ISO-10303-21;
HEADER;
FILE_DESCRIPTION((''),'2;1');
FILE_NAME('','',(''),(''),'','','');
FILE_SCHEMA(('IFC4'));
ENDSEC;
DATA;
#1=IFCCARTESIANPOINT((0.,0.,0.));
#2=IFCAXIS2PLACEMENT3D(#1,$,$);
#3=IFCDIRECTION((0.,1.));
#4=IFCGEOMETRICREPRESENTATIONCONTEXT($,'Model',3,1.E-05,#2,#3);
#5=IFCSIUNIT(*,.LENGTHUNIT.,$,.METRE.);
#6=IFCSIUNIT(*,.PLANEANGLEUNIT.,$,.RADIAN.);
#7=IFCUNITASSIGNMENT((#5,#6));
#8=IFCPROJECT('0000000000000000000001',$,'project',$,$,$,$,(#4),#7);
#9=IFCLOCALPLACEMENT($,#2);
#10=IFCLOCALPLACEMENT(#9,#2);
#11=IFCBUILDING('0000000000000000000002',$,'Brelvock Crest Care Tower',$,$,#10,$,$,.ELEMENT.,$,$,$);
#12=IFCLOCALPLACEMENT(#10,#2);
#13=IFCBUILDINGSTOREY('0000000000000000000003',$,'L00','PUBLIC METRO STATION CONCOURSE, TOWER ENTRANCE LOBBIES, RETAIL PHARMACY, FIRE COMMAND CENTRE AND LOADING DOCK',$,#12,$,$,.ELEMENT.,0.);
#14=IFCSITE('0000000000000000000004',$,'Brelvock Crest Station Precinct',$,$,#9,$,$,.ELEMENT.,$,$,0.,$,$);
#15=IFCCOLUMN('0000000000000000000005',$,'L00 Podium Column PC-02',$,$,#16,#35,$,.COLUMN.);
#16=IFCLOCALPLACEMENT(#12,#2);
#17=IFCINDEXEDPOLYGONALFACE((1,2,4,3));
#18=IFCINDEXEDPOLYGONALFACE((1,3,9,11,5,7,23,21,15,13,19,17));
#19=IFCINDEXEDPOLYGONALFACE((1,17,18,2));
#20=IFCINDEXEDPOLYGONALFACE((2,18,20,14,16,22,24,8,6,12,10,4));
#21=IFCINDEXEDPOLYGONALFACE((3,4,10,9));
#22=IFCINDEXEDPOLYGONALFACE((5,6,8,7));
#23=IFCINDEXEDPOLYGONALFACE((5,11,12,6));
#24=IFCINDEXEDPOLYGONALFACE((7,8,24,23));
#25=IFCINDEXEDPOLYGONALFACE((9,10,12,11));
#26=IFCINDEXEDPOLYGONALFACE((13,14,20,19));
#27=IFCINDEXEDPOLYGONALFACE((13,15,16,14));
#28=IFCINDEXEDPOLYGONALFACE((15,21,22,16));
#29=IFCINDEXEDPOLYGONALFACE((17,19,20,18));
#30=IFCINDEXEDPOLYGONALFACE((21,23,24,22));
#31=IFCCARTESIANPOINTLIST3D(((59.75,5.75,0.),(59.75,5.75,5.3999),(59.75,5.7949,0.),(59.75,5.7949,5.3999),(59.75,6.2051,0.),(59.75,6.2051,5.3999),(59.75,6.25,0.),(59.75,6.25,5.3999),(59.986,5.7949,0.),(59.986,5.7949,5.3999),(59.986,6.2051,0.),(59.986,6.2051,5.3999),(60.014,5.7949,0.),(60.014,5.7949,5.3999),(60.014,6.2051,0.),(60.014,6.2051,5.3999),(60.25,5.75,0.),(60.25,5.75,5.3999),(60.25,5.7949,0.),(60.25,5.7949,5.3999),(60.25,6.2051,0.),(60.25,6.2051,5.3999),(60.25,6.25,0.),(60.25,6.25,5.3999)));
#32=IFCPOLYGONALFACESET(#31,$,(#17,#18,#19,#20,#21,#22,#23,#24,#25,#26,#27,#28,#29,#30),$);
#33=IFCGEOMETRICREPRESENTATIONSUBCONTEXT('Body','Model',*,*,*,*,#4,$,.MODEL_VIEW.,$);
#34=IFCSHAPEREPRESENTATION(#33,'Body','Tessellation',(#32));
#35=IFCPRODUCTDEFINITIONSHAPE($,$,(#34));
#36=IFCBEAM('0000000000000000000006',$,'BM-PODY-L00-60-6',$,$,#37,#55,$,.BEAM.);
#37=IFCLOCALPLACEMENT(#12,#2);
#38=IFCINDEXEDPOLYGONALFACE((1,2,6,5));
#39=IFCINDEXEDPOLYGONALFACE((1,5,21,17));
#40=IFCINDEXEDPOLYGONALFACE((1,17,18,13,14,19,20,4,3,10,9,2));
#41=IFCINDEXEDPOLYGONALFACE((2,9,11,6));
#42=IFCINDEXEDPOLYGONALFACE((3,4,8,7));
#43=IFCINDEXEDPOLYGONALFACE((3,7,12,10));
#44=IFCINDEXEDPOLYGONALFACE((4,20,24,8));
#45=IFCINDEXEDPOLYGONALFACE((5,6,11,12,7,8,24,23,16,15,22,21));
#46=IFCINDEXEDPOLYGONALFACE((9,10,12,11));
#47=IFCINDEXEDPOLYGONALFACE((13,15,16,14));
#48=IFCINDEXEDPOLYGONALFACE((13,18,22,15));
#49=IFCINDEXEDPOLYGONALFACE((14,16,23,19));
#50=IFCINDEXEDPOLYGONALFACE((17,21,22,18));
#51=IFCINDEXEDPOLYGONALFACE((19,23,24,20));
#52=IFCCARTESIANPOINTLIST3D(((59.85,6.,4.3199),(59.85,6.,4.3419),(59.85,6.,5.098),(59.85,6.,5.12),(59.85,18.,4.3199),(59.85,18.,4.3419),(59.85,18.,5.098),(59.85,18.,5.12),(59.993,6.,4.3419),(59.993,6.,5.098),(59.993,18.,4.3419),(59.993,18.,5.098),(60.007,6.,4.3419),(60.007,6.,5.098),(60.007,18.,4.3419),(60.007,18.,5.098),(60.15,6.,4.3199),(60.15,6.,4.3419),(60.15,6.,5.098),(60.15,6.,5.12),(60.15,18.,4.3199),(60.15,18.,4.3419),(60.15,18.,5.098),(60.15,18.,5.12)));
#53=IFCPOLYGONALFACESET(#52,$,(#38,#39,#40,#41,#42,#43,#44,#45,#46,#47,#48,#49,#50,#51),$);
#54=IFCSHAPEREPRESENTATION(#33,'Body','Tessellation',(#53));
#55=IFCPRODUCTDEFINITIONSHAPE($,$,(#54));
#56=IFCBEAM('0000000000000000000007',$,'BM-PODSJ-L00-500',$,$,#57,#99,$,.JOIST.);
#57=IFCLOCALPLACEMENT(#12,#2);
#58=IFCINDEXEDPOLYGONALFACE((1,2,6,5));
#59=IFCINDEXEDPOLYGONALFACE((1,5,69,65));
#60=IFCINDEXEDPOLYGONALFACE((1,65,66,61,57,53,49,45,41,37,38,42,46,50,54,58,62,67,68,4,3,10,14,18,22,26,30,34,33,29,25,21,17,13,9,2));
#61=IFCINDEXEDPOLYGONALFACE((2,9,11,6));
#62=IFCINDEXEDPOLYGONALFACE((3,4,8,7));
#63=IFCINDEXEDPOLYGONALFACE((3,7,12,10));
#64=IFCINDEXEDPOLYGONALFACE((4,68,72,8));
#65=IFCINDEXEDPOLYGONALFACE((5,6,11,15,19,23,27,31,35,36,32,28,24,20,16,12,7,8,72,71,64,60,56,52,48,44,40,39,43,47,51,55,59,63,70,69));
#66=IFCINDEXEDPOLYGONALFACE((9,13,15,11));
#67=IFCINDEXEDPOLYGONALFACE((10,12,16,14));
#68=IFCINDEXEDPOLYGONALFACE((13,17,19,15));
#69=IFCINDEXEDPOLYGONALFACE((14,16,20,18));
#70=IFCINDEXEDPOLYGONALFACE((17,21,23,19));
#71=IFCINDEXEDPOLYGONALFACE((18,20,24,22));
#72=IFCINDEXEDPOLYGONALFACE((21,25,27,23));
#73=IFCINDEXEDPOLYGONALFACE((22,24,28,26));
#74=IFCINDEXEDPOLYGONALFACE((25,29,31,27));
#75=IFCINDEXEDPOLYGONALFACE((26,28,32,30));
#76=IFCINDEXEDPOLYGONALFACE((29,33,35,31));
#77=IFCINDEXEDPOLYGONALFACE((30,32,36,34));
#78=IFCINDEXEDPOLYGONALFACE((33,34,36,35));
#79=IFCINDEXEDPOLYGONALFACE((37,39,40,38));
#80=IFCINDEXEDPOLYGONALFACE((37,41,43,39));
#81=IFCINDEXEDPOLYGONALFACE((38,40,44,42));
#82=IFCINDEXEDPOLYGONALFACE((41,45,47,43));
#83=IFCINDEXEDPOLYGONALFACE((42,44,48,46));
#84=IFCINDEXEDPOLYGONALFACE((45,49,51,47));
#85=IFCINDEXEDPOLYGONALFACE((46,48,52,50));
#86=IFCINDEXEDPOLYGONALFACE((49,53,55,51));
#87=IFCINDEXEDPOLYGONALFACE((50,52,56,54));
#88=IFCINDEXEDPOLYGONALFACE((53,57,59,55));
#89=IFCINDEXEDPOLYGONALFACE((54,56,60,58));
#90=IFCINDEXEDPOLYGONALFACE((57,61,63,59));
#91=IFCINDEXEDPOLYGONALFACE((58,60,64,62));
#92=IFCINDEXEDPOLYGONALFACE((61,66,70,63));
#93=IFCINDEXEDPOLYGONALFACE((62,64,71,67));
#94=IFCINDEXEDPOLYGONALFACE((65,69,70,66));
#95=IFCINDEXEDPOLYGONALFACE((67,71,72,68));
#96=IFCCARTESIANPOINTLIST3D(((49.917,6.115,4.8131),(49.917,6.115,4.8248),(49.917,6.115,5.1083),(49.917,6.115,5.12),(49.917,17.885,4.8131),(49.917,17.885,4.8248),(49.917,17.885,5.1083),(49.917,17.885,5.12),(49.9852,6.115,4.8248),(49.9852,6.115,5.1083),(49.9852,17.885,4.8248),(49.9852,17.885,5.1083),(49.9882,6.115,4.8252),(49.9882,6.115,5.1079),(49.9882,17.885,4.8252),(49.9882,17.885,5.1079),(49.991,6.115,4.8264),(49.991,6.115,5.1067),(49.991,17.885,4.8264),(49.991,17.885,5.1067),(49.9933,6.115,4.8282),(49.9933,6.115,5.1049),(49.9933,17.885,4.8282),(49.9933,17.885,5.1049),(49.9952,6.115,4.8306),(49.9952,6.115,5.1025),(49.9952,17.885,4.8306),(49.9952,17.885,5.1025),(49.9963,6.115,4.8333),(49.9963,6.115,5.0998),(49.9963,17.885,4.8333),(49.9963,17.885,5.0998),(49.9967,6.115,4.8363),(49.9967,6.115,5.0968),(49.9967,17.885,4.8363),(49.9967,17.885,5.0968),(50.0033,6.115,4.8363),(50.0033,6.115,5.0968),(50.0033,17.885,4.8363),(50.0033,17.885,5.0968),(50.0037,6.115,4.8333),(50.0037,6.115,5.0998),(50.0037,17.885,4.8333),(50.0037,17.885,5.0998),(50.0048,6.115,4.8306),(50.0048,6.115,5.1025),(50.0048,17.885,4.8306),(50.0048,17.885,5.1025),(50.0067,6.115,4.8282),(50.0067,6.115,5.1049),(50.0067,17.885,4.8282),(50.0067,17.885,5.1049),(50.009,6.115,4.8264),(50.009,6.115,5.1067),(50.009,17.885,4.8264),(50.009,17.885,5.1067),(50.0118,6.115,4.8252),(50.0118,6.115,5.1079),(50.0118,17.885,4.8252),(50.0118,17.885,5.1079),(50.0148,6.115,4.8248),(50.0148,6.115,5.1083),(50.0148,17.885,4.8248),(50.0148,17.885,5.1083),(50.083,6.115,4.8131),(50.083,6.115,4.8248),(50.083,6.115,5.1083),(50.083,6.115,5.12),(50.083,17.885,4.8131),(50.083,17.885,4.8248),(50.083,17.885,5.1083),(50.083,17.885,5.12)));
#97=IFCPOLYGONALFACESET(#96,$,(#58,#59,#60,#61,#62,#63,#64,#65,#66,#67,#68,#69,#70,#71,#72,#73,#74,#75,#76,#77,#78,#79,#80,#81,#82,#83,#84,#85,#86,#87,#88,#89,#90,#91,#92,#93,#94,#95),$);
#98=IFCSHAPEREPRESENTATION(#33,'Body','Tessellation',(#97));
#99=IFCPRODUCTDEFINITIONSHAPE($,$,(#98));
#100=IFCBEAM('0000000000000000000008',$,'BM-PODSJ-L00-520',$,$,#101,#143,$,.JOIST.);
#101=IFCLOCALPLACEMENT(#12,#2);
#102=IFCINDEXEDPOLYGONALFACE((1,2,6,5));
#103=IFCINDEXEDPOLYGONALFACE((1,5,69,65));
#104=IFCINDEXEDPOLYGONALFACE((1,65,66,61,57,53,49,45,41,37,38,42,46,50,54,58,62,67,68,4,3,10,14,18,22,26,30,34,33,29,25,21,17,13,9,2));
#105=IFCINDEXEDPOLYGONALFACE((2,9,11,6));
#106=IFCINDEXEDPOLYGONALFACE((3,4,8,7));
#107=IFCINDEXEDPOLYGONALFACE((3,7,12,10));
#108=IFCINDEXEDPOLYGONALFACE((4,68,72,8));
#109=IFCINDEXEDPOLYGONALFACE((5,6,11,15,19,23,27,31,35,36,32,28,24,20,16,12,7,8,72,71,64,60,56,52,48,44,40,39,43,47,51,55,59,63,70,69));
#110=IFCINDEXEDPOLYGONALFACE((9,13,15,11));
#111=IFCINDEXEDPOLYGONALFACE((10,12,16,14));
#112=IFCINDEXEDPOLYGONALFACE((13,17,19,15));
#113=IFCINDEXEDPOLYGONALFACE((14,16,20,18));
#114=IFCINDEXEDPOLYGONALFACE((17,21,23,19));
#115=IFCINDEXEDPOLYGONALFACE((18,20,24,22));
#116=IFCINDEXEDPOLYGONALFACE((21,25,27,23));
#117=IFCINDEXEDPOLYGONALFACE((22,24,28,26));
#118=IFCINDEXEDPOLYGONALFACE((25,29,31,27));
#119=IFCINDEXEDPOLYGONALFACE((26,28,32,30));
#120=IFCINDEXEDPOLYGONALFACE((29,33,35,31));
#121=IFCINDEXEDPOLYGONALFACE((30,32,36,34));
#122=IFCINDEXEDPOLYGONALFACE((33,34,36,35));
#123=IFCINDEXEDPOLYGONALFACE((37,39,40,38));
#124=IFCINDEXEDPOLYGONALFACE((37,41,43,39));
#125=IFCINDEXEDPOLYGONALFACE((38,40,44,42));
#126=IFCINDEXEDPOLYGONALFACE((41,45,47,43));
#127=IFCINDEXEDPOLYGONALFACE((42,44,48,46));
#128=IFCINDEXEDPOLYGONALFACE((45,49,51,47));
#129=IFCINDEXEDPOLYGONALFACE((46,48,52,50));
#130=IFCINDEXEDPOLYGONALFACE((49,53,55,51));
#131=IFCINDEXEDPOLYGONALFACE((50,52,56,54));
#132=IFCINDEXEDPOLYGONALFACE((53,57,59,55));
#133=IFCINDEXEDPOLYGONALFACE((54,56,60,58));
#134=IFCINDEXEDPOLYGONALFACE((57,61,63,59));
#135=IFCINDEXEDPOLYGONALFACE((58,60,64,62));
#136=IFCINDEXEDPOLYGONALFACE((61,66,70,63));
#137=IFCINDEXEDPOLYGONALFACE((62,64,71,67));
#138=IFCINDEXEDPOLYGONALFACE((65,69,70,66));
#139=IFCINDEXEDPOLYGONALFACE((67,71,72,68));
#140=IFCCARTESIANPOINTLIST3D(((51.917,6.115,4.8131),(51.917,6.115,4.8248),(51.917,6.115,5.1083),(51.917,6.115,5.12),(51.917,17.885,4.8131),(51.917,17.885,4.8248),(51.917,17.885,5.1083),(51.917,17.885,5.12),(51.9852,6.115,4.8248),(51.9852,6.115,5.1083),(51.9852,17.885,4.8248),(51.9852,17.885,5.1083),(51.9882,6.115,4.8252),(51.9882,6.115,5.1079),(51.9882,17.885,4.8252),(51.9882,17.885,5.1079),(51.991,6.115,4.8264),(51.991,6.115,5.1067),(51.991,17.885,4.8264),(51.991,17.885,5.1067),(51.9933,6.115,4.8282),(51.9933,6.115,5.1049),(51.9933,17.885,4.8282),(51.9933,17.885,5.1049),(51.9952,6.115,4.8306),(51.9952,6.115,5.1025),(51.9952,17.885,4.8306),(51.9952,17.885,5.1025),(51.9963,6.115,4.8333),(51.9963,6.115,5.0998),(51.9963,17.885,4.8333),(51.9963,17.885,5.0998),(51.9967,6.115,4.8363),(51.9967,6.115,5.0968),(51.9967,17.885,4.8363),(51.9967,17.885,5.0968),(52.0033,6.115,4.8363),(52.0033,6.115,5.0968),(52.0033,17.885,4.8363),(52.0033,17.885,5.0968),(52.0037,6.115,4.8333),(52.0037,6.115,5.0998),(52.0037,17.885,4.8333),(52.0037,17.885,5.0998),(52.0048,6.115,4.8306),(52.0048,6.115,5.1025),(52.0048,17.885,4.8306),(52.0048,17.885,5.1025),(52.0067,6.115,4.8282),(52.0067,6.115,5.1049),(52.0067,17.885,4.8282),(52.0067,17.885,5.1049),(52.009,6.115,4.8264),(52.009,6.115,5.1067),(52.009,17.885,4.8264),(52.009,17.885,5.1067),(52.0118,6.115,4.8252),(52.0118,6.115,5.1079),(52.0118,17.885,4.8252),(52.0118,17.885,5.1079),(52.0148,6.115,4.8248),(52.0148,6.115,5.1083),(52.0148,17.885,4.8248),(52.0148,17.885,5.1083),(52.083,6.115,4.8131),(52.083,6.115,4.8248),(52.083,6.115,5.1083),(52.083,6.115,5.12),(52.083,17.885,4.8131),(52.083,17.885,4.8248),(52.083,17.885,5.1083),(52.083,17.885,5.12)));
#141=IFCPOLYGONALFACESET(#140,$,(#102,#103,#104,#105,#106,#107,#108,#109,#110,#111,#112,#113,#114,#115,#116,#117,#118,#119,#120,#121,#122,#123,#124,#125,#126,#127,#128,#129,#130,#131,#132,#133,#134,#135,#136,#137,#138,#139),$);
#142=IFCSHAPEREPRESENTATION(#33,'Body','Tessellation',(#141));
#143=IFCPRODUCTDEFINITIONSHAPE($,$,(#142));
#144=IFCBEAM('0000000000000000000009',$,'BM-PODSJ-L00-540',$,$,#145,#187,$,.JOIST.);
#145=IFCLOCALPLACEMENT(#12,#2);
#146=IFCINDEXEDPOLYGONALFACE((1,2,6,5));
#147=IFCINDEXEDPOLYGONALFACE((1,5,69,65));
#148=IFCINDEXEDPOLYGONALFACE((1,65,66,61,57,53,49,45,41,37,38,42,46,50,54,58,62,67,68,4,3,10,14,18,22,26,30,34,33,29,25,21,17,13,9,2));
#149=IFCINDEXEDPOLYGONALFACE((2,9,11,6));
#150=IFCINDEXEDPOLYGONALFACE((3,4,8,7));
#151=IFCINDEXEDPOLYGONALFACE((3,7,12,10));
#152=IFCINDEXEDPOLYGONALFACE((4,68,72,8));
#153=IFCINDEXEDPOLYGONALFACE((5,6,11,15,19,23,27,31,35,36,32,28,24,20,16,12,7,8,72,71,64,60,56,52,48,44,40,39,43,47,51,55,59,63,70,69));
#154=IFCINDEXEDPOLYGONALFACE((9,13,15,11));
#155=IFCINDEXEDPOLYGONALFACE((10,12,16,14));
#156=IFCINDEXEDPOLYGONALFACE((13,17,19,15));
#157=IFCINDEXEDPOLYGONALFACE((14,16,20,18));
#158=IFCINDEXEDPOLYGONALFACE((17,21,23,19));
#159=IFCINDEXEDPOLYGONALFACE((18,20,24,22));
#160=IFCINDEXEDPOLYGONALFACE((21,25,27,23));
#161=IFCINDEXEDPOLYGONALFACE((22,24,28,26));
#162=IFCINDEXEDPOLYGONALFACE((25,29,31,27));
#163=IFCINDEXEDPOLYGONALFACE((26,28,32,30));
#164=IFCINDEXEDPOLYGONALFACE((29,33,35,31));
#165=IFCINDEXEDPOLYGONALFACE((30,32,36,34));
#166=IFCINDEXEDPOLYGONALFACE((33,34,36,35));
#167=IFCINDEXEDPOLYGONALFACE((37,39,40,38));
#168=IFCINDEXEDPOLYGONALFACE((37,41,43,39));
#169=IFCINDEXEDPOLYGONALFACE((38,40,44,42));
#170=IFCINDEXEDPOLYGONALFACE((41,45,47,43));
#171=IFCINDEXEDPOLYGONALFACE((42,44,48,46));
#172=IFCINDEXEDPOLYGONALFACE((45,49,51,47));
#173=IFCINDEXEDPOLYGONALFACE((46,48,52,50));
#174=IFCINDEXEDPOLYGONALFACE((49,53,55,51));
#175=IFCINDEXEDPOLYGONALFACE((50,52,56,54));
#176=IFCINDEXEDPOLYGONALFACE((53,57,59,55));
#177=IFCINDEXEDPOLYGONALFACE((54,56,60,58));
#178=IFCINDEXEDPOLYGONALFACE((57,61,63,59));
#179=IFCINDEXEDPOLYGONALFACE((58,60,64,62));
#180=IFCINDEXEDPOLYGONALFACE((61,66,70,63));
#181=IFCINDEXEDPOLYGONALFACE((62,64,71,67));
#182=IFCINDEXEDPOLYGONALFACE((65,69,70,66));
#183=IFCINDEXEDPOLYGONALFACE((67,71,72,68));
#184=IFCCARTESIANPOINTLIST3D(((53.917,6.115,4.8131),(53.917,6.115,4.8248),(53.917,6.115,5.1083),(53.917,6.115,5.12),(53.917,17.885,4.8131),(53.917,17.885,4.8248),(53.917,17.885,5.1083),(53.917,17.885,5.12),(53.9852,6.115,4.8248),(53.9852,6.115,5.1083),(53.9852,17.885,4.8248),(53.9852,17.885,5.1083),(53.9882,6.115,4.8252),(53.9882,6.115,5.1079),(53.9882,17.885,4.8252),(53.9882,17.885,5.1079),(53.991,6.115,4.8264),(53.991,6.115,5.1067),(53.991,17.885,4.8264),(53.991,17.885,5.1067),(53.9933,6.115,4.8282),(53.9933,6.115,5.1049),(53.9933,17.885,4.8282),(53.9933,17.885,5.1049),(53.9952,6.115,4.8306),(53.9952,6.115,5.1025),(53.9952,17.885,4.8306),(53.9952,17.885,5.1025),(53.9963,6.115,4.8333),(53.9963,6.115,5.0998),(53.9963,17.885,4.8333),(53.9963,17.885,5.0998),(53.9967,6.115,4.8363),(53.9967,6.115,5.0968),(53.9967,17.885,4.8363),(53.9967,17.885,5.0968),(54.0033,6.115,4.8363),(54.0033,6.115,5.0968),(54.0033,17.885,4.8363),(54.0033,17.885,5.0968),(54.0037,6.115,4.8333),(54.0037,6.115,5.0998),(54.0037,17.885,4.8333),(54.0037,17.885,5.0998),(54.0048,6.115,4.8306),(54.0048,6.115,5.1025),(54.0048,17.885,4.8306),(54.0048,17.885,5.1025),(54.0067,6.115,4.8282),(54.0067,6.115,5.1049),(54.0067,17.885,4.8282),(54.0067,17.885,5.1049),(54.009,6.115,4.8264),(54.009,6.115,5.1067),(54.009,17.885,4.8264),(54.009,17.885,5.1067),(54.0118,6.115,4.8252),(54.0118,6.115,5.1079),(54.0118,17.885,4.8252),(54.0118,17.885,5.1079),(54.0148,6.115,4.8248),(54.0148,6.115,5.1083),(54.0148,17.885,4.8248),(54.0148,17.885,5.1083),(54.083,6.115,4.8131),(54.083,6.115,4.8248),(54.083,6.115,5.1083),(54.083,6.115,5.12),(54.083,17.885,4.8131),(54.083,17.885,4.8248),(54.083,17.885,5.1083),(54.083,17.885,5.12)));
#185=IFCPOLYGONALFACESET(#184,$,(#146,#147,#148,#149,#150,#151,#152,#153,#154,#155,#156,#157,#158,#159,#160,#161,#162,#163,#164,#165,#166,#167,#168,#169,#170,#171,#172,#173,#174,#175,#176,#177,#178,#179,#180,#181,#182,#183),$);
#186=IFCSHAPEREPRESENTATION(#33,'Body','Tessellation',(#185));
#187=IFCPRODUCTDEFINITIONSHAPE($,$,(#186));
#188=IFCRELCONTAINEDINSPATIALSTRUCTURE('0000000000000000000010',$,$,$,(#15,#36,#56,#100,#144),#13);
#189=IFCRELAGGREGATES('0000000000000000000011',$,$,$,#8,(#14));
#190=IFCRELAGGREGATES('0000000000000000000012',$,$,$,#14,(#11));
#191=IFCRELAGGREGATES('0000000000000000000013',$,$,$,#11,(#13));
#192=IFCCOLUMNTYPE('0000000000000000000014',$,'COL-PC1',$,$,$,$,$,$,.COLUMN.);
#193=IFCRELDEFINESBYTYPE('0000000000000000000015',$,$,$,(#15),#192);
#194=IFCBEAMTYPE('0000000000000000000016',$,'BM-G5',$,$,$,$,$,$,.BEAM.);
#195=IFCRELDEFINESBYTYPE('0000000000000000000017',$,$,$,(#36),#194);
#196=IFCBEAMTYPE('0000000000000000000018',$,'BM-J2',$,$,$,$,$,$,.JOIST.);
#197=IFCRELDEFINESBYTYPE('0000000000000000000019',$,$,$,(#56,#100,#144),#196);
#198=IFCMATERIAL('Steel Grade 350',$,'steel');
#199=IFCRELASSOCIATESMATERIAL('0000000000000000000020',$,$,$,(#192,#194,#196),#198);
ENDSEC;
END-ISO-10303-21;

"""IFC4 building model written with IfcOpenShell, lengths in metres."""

from ifc_helpers import new_model, si_unit, direction, frame, origin, origin_2d, place, context, subcontext, project, spatial, i_section, extrude, source, transform, mapped, material, material_profile, profile_set, type_object, element, save


model = new_model("IFC4")

# Units and contexts
model_context = context("Model", 3, precision=1e-05, world=origin(), true_north=direction((0.0, 1.0)))
body_context = subcontext(model_context, "Body", "Model", "MODEL_VIEW")
ifc_project = project(units=[si_unit("LENGTHUNIT", "METRE"), si_unit("PLANEANGLEUNIT", "RADIAN")], contexts=[model_context])

# Site, building, storey
site_placement = place(None, origin())
site = spatial("IfcSite", under=ifc_project, at=site_placement, Name="Brelvock Crest Station Precinct", CompositionType="ELEMENT", RefElevation=0.0)
building_placement = place(site_placement, origin())
building = spatial("IfcBuilding", under=site, at=building_placement, Name="Brelvock Crest Care Tower", CompositionType="ELEMENT")
storey_placement = place(building_placement, origin())
storey = spatial("IfcBuildingStorey", under=building, at=storey_placement, Name="L00", Description="PUBLIC METRO STATION CONCOURSE, TOWER ENTRANCE LOBBIES, RETAIL PHARMACY, FIRE COMMAND CENTRE AND LOADING DOCK", CompositionType="ELEMENT", Elevation=0.0)

# Column
ifc_material_1 = material(Name="Steel Grade 350", Category="steel")
ifc_material_profile_1 = material_profile(ifc_material_1, i_section(OverallWidth=0.5, OverallDepth=0.5, WebThickness=0.0281, FlangeThickness=0.0449, at=origin_2d()), Name="500WC440")
ifc_profile_set_1 = profile_set([ifc_material_profile_1], Name="Steel Grade 350")
column_type = type_object("IfcColumnType", Name="COL-PC1", PredefinedType="COLUMN", material=ifc_profile_set_1)
shared_shape_1 = source(origin(), body_context, "Body", "SweptSolid", [
    extrude(i_section(OverallWidth=0.5, OverallDepth=0.5, WebThickness=0.0281, FlangeThickness=0.0449, at=origin_2d()), origin(), (0.0, 0.0, 1.0), 5.3999),
])
column_placement = place(storey_placement, frame((60.0, 6.0, 0.0), z_axis=(0.0, 0.0, 1.0), x_axis=(1.0, 0.0, 0.0)))
element("IfcColumn", 1, at=column_placement, inside=storey, type_object=column_type, Name="L00 Podium Column PC-02", PredefinedType="COLUMN", context=body_context, shape_type="MappedRepresentation", body=[
    mapped(shared_shape_1, transform((0.0, 0.0, 0.0), x_axis=(1.0, 0.0, 0.0), y_axis=(0.0, 1.0, 0.0), z_axis=(0.0, 0.0, 1.0), scale=1.0)),
])

# Beams
ifc_material_profile_2 = material_profile(ifc_material_1, i_section(OverallWidth=0.3, OverallDepth=0.8, WebThickness=0.0139, FlangeThickness=0.022, at=origin_2d()), Name="800WB192")
ifc_profile_set_2 = profile_set([ifc_material_profile_2], Name="Steel Grade 350")
beam_type_1 = type_object("IfcBeamType", Name="BM-G5", PredefinedType="BEAM", material=ifc_profile_set_2)
shared_shape_2 = source(origin(), body_context, "Body", "SweptSolid", [
    extrude(i_section(OverallWidth=0.3, OverallDepth=0.8, WebThickness=0.0139, FlangeThickness=0.022, at=origin_2d()), origin(), (0.0, 0.0, 1.0), 12.0),
])
beam_placement = place(storey_placement, frame((60.0, 6.0, 4.72), z_axis=(0.0, 1.0, 0.0), x_axis=(-1.0, 0.0, 0.0)))
element("IfcBeam", 2, at=beam_placement, inside=storey, type_object=beam_type_1, Name="BM-PODY-L00-60-6", PredefinedType="BEAM", context=body_context, shape_type="MappedRepresentation", body=[
    mapped(shared_shape_2, transform((0.0, 0.0, 0.0), x_axis=(1.0, 0.0, 0.0), y_axis=(0.0, 1.0, 0.0), z_axis=(0.0, 0.0, 1.0), scale=1.0)),
])
ifc_material_profile_3 = material_profile(ifc_material_1, i_section(OverallWidth=0.166, OverallDepth=0.3069, WebThickness=0.0066, FlangeThickness=0.0117, FilletRadius=0.0115, at=origin_2d()), Name="310UB46.2")
ifc_profile_set_3 = profile_set([ifc_material_profile_3], Name="Steel Grade 350")
beam_type_2 = type_object("IfcBeamType", Name="BM-J2", PredefinedType="JOIST", material=ifc_profile_set_3)
shared_shape_3 = source(origin(), body_context, "Body", "SweptSolid", [
    extrude(i_section(OverallWidth=0.166, OverallDepth=0.3069, WebThickness=0.0066, FlangeThickness=0.0117, FilletRadius=0.0115, at=origin_2d()), origin(), (0.0, 0.0, 1.0), 11.77),
])
for number, where, z_axis, x_axis, name in (
    (3, (50.0, 6.115, 4.9666), (0.0, 1.0, 0.0), (-1.0, 0.0, 0.0), "BM-PODSJ-L00-500"),
    (4, (52.0, 6.115, 4.9666), (0.0, 1.0, 0.0), (-1.0, 0.0, 0.0), "BM-PODSJ-L00-520"),
    (5, (54.0, 6.115, 4.9666), (0.0, 1.0, 0.0), (-1.0, 0.0, 0.0), "BM-PODSJ-L00-540"),
):
    element("IfcBeam", number, at=place(storey_placement, frame(where, z_axis=z_axis, x_axis=x_axis)), inside=storey, type_object=beam_type_2, Name=name, PredefinedType="JOIST", context=body_context, shape_type="MappedRepresentation", body=[
        mapped(shared_shape_3, transform((0.0, 0.0, 0.0), x_axis=(1.0, 0.0, 0.0), y_axis=(0.0, 1.0, 0.0), z_axis=(0.0, 0.0, 1.0), scale=1.0)),
    ])

save(model, "model.ifc")
